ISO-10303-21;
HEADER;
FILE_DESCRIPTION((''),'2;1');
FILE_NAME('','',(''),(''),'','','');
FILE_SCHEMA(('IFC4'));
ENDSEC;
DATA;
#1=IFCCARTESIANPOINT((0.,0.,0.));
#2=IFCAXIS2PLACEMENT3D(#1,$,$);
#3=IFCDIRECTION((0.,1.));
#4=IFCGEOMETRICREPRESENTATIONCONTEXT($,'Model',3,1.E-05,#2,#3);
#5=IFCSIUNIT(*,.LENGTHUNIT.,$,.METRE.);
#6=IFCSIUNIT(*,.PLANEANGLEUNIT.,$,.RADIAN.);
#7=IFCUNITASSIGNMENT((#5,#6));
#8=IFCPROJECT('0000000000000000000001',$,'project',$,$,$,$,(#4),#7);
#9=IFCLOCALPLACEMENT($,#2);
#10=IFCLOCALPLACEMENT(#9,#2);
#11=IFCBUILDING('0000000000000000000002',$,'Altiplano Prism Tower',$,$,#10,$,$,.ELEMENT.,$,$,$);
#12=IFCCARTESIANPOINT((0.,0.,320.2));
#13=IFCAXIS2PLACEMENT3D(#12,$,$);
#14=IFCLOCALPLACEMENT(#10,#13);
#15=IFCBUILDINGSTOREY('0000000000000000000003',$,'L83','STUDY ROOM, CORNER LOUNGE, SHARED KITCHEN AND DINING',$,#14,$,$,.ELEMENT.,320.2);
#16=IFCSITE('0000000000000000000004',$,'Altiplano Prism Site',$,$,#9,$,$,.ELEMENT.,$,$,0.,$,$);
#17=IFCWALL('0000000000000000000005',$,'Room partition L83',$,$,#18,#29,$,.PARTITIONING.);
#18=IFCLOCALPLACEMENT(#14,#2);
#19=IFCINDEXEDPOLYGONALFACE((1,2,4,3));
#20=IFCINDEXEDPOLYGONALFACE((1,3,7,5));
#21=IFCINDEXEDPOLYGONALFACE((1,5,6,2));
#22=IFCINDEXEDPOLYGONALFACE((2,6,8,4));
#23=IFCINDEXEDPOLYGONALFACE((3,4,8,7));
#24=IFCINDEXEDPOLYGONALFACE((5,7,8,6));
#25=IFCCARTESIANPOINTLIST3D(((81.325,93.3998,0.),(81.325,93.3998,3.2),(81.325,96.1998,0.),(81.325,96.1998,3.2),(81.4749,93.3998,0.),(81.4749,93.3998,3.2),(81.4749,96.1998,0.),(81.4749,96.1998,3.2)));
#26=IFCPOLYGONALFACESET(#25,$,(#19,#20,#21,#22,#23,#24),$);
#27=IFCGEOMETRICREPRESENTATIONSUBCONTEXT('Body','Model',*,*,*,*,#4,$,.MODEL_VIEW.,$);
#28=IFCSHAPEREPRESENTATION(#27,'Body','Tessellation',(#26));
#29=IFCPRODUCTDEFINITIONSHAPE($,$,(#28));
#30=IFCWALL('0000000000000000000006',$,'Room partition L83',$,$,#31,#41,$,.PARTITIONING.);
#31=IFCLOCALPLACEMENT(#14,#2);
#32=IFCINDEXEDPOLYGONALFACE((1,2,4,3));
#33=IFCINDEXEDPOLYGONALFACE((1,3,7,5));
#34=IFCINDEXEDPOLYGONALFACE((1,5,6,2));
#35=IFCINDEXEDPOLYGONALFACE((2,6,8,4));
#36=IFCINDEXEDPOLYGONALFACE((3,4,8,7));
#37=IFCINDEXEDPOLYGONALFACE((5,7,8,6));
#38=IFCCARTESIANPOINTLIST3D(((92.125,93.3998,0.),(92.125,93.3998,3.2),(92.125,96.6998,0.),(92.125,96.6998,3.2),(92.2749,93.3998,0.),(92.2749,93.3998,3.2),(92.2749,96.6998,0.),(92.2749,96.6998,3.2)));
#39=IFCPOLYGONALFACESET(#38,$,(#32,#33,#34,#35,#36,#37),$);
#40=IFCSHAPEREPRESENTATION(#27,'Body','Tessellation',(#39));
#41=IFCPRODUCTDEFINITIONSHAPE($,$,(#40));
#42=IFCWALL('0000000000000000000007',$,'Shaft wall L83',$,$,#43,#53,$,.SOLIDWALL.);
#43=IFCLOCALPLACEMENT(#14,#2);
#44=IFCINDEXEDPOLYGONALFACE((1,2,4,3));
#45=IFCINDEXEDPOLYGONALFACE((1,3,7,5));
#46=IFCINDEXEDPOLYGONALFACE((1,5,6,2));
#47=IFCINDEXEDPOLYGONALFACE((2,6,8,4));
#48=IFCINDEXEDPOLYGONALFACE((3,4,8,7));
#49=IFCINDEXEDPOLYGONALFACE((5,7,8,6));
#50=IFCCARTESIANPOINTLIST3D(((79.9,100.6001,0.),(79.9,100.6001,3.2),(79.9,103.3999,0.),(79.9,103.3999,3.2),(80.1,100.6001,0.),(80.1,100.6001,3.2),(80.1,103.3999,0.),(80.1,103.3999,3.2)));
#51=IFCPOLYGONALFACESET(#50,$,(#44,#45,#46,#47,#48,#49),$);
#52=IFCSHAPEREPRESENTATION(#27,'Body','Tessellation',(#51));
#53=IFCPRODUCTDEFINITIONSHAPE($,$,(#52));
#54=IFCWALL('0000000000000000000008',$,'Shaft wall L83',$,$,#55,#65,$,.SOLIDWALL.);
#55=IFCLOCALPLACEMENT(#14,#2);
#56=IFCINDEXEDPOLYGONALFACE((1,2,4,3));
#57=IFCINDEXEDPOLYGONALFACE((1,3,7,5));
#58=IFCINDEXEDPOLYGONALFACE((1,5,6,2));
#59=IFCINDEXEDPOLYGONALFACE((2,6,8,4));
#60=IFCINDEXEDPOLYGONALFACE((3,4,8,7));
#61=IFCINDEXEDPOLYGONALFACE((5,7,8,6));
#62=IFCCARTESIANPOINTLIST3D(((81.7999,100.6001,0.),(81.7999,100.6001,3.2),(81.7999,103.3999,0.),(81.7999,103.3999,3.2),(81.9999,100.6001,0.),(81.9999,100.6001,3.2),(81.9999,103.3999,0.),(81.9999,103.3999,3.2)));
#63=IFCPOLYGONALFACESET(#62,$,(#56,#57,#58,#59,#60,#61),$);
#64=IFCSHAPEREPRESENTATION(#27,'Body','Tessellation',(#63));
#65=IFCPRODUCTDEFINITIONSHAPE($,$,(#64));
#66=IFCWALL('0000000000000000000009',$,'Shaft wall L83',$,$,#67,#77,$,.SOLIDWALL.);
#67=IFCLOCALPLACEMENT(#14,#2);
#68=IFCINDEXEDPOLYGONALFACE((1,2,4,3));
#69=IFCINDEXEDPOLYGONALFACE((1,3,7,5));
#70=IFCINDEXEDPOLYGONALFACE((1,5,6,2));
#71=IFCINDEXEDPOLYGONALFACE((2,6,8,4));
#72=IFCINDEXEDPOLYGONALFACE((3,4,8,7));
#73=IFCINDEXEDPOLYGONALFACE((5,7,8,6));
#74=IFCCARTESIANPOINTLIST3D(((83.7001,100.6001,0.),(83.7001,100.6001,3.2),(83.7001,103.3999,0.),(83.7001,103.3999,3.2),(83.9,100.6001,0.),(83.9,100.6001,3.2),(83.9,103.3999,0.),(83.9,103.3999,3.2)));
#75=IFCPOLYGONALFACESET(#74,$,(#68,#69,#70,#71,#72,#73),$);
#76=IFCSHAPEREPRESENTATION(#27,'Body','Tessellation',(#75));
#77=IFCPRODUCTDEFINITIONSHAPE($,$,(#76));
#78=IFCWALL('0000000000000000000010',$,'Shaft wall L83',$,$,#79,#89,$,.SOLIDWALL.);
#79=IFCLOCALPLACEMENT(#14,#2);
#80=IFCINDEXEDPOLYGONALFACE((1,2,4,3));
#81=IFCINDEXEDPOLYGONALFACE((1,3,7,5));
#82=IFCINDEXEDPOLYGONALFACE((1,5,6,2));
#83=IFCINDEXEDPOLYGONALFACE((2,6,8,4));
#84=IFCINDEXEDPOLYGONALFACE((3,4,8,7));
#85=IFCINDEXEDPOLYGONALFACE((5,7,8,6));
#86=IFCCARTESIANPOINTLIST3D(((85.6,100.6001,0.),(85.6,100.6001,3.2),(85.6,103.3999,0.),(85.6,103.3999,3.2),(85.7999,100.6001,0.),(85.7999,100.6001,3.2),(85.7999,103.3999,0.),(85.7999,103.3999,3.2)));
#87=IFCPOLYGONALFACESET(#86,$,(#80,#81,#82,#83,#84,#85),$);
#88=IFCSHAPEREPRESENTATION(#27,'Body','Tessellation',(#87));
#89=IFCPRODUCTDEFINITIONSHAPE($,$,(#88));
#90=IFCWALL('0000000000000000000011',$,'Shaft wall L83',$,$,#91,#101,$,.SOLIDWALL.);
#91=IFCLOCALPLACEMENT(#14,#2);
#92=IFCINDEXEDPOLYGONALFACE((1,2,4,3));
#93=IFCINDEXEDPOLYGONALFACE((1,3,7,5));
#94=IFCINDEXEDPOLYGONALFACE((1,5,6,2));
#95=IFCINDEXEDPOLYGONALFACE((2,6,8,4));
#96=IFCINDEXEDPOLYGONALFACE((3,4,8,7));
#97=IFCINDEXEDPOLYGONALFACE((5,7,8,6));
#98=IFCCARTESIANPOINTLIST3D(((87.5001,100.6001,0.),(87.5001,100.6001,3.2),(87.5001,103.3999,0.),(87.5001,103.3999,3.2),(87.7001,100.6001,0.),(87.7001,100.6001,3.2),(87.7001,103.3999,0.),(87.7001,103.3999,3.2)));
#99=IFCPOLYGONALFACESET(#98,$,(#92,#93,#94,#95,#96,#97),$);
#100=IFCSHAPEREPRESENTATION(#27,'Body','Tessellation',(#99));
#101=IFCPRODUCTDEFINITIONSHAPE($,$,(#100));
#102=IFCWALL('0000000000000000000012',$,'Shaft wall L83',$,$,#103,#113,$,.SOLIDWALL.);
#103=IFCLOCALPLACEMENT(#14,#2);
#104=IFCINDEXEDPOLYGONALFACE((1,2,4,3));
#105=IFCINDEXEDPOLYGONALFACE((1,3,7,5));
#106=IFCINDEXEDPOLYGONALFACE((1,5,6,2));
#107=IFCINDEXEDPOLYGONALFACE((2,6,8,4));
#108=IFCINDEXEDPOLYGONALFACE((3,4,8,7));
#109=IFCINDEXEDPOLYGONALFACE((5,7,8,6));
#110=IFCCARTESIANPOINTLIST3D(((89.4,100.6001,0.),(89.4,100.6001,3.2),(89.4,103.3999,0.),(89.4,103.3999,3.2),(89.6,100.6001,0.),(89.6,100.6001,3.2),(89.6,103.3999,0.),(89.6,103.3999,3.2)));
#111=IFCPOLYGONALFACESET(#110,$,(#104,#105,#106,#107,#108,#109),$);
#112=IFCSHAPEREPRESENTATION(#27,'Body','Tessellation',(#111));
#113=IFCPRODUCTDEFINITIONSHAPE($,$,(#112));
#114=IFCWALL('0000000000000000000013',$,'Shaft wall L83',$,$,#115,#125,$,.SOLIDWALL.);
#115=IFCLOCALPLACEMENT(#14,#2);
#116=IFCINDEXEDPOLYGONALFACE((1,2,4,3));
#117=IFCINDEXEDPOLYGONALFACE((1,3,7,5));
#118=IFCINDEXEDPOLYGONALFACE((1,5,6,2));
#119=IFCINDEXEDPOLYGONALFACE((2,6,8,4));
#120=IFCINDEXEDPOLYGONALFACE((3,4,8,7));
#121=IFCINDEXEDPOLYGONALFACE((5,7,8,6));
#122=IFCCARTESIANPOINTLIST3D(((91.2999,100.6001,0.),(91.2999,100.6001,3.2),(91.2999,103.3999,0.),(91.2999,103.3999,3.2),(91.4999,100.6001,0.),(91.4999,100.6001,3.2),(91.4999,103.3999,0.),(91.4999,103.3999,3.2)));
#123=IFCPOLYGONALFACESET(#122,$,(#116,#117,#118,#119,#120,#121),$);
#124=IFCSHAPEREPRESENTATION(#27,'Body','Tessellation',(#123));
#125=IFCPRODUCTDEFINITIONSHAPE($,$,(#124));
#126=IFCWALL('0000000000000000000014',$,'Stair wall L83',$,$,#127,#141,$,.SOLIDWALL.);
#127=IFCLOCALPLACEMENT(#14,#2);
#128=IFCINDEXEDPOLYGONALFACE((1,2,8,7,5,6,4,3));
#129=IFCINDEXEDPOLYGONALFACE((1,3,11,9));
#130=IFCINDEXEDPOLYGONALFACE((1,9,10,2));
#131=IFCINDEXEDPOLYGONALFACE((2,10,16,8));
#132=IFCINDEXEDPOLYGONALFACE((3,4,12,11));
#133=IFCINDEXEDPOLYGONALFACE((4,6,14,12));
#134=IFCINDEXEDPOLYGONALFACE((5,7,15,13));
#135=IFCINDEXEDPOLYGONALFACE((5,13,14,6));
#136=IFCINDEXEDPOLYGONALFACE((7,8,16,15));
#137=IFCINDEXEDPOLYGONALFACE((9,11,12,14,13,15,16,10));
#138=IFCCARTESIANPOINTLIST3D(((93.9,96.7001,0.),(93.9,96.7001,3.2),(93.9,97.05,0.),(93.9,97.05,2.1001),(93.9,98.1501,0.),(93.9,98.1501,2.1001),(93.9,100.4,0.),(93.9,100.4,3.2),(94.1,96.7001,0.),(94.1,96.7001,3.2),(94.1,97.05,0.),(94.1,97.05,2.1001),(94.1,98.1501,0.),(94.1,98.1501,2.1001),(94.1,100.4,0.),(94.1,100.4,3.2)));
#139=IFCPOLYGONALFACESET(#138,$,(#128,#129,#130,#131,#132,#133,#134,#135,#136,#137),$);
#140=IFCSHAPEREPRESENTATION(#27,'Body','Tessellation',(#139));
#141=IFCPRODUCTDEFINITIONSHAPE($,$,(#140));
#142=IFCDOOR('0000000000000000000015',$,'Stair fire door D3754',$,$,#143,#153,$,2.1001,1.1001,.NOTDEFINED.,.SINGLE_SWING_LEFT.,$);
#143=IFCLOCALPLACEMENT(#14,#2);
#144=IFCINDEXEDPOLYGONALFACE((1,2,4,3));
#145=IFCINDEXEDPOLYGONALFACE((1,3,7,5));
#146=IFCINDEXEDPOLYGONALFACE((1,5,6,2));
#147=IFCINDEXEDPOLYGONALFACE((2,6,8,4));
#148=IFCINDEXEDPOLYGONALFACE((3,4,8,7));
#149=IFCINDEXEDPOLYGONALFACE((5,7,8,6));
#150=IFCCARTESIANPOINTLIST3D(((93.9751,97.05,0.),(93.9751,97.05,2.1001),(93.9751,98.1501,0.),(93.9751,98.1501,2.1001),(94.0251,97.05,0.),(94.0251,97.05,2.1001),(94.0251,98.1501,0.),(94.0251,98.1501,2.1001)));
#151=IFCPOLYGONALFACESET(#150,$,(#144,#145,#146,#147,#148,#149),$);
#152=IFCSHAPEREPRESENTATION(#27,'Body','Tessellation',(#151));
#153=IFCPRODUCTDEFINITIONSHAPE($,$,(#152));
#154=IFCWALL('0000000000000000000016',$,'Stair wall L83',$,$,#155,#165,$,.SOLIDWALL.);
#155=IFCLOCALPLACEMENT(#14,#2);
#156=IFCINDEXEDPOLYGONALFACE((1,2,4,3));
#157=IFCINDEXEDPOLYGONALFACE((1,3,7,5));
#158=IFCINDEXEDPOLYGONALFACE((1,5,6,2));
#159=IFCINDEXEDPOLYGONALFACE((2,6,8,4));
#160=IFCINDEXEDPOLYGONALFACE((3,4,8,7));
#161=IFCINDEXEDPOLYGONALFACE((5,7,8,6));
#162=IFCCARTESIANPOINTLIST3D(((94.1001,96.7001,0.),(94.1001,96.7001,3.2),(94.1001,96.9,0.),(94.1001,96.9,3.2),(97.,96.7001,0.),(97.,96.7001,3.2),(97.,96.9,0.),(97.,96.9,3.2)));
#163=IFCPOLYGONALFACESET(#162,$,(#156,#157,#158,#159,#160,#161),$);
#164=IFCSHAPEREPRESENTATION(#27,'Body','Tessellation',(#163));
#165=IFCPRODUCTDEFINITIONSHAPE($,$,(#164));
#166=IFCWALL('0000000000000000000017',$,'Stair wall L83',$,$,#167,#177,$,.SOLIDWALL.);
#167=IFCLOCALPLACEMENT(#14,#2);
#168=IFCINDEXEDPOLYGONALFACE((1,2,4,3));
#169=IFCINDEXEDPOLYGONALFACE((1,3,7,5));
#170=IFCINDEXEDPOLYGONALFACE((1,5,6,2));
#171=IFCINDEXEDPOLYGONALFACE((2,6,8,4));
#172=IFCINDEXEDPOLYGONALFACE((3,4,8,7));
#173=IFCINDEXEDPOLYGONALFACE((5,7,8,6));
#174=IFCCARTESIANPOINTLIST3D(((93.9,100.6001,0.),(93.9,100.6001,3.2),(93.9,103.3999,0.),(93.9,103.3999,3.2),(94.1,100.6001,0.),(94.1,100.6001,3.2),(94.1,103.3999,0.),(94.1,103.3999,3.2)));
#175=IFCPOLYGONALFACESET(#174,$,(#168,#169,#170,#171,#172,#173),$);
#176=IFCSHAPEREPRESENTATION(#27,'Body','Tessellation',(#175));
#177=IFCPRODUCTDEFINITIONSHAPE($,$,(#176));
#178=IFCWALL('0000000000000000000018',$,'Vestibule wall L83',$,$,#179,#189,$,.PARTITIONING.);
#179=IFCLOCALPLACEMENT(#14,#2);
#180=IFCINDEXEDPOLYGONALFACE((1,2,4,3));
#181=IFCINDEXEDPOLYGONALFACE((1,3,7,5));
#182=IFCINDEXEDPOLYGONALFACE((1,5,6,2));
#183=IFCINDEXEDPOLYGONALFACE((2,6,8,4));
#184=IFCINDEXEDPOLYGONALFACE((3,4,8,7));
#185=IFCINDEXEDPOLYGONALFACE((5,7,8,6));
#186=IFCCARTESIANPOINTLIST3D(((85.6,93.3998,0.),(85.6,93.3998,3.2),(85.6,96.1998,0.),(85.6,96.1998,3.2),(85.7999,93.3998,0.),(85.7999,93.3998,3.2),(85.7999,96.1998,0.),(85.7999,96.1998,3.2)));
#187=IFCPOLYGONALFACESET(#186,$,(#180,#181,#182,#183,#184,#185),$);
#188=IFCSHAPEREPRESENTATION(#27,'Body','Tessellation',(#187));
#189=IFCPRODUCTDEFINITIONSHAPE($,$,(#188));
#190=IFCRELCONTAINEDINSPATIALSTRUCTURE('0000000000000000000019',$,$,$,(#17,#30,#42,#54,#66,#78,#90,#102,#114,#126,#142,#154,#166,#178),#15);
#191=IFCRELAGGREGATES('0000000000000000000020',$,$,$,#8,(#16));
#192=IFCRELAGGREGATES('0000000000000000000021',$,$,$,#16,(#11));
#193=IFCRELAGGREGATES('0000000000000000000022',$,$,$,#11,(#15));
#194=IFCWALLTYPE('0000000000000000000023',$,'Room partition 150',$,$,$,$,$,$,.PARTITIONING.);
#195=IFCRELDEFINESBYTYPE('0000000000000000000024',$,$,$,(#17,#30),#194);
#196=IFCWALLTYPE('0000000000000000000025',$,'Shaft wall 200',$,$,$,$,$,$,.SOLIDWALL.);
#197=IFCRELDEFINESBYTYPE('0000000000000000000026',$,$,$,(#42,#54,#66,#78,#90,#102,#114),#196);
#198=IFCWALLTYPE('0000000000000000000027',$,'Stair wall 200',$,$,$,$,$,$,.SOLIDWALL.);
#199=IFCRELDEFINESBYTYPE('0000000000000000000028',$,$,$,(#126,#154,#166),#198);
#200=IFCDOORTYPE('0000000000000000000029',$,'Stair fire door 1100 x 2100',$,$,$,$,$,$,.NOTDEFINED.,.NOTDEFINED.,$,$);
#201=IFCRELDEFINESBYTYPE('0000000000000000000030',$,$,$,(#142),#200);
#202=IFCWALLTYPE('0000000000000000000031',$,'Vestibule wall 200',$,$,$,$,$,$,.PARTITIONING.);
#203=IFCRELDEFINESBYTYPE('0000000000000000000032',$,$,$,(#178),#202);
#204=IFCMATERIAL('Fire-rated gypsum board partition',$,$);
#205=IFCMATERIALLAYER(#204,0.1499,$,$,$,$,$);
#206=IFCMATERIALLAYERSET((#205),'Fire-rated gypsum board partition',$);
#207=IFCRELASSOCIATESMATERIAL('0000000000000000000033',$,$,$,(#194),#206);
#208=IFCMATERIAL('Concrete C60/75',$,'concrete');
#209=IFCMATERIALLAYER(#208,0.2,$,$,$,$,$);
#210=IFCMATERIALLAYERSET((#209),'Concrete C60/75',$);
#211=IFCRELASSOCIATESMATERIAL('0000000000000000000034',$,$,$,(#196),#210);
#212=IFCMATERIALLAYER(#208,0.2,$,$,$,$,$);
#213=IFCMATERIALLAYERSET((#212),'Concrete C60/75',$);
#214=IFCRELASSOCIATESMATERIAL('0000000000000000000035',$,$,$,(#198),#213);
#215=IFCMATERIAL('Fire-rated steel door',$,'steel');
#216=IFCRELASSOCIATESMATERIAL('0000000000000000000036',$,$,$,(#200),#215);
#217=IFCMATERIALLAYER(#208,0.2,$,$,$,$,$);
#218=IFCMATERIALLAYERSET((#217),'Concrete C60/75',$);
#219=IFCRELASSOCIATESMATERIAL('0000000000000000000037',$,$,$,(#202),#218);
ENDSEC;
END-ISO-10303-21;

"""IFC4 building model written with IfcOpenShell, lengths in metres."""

from ifc_helpers import new_model, si_unit, direction, frame, frame_2d, origin, place, context, subcontext, project, spatial, rectangle, extrude, material, layer, layer_set, type_object, element, fill, save


model = new_model("IFC4")

# Units and contexts
model_context = context("Model", 3, precision=1e-05, world=origin(), true_north=direction((0.0, 1.0)))
body_context = subcontext(model_context, "Body", "Model", "MODEL_VIEW")
ifc_project = project(units=[si_unit("LENGTHUNIT", "METRE"), si_unit("PLANEANGLEUNIT", "RADIAN")], contexts=[model_context])

# Site, building, storey
site_placement = place(None, origin())
site = spatial("IfcSite", under=ifc_project, at=site_placement, Name="Altiplano Prism Site", CompositionType="ELEMENT", RefElevation=0.0)
building_placement = place(site_placement, origin())
building = spatial("IfcBuilding", under=site, at=building_placement, Name="Altiplano Prism Tower", CompositionType="ELEMENT")
storey_placement = place(building_placement, frame((0.0, 0.0, 320.2)))
storey = spatial("IfcBuildingStorey", under=building, at=storey_placement, Name="L83", Description="STUDY ROOM, CORNER LOUNGE, SHARED KITCHEN AND DINING", CompositionType="ELEMENT", Elevation=320.2)

# Walls
ifc_material_1 = material(Name="Fire-rated gypsum board partition")
ifc_layer_1 = layer(ifc_material_1, 0.1499)
ifc_layer_set_1 = layer_set([ifc_layer_1], Name="Fire-rated gypsum board partition")
wall_type_1 = type_object("IfcWallType", Name="Room partition 150", PredefinedType="PARTITIONING", material=ifc_layer_set_1)
wall_1_placement = place(storey_placement, frame((81.3999, 93.3999, 0.0), z_axis=(0.0, 0.0, 1.0), x_axis=(0.0, 1.0, 0.0)))
element("IfcWall", 1, at=wall_1_placement, inside=storey, type_object=wall_type_1, Name="Room partition L83", PredefinedType="PARTITIONING", context=body_context, shape_type="SweptSolid", body=[
    extrude(rectangle(XDim=2.8, YDim=0.1499, at=frame_2d((1.3999, 0.0))), origin(), (0.0, 0.0, 1.0), 3.2),
])
wall_2_placement = place(storey_placement, frame((92.2, 93.3999, 0.0), z_axis=(0.0, 0.0, 1.0), x_axis=(0.0, 1.0, 0.0)))
element("IfcWall", 2, at=wall_2_placement, inside=storey, type_object=wall_type_1, Name="Room partition L83", PredefinedType="PARTITIONING", context=body_context, shape_type="SweptSolid", body=[
    extrude(rectangle(XDim=3.3, YDim=0.1499, at=frame_2d((1.6499, 0.0))), origin(), (0.0, 0.0, 1.0), 3.2),
])
ifc_material_2 = material(Name="Concrete C60/75", Category="concrete")
ifc_layer_2 = layer(ifc_material_2, 0.2)
ifc_layer_set_2 = layer_set([ifc_layer_2], Name="Concrete C60/75")
wall_type_2 = type_object("IfcWallType", Name="Shaft wall 200", PredefinedType="SOLIDWALL", material=ifc_layer_set_2)
for number, where, z_axis, x_axis, name in (
    (3, (80.0, 100.6001, 0.0), (0.0, 0.0, 1.0), (0.0, 1.0, 0.0), "Shaft wall L83"),
    (4, (81.8999, 100.6001, 0.0), (0.0, 0.0, 1.0), (0.0, 1.0, 0.0), "Shaft wall L83"),
    (5, (83.8, 100.6001, 0.0), (0.0, 0.0, 1.0), (0.0, 1.0, 0.0), "Shaft wall L83"),
    (6, (85.7, 100.6001, 0.0), (0.0, 0.0, 1.0), (0.0, 1.0, 0.0), "Shaft wall L83"),
    (7, (87.6001, 100.6001, 0.0), (0.0, 0.0, 1.0), (0.0, 1.0, 0.0), "Shaft wall L83"),
    (8, (89.5, 100.6001, 0.0), (0.0, 0.0, 1.0), (0.0, 1.0, 0.0), "Shaft wall L83"),
    (9, (91.3999, 100.6001, 0.0), (0.0, 0.0, 1.0), (0.0, 1.0, 0.0), "Shaft wall L83"),
):
    element("IfcWall", number, at=place(storey_placement, frame(where, z_axis=z_axis, x_axis=x_axis)), inside=storey, type_object=wall_type_2, Name=name, PredefinedType="SOLIDWALL", context=body_context, shape_type="SweptSolid", body=[
        extrude(rectangle(XDim=2.7998, YDim=0.2, at=frame_2d((1.3999, 0.0))), origin(), (0.0, 0.0, 1.0), 3.2),
    ])

# Wall, opening, door
ifc_layer_3 = layer(ifc_material_2, 0.2)
ifc_layer_set_3 = layer_set([ifc_layer_3], Name="Concrete C60/75")
wall_type_3 = type_object("IfcWallType", Name="Stair wall 200", PredefinedType="SOLIDWALL", material=ifc_layer_set_3)
wall_3_placement = place(storey_placement, frame((94.0, 96.7, 0.0), z_axis=(0.0, 0.0, 1.0), x_axis=(0.0, 1.0, 0.0)))
wall_3 = element("IfcWall", 10, at=wall_3_placement, inside=storey, type_object=wall_type_3, Name="Stair wall L83", PredefinedType="SOLIDWALL", context=body_context, shape_type="SweptSolid", body=[
    extrude(rectangle(XDim=3.7, YDim=0.2, at=frame_2d((1.8501, 0.0))), origin(), (0.0, 0.0, 1.0), 3.2),
])
opening_1_placement = place(wall_3_placement, frame((0.3501, 0.0, 0.0)))
opening_1 = element("IfcOpeningElement", 11, at=opening_1_placement, cuts=wall_3, PredefinedType="OPENING", context=body_context, shape_type="SweptSolid", body=[
    extrude(rectangle(XDim=1.1001, YDim=2.1001, at=frame_2d((0.55, 1.05))), frame((0.0, 0.1104, 0.0), z_axis=(0.0, -1.0, 0.0), x_axis=(1.0, 0.0, 0.0)), (0.0, 0.0, 1.0), 0.2209),
])
ifc_material_3 = material(Name="Fire-rated steel door", Category="steel")
door_type_1 = type_object("IfcDoorType", Name="Stair fire door 1100 x 2100", OperationType="NOTDEFINED", PredefinedType="NOTDEFINED", material=ifc_material_3)
door_1_placement = place(opening_1_placement, origin())
door_1 = element("IfcDoor", 12, at=door_1_placement, inside=storey, type_object=door_type_1, Name="Stair fire door D3754", OperationType="SINGLE_SWING_LEFT", OverallHeight=2.1001, OverallWidth=1.1001, PredefinedType="NOTDEFINED", context=body_context, shape_type="SweptSolid", body=[
    extrude(rectangle(XDim=1.1001, YDim=2.1001, at=frame_2d((0.55, 1.05))), frame((0.0, 0.0249, 0.0), z_axis=(0.0, -1.0, 0.0), x_axis=(1.0, 0.0, 0.0)), (0.0, 0.0, 1.0), 0.05),
])
fill(opening_1, door_1)

# Walls
wall_4_placement = place(storey_placement, frame((94.1001, 96.8, 0.0), z_axis=(0.0, 0.0, 1.0), x_axis=(1.0, 0.0, 0.0)))
element("IfcWall", 13, at=wall_4_placement, inside=storey, type_object=wall_type_3, Name="Stair wall L83", PredefinedType="SOLIDWALL", context=body_context, shape_type="SweptSolid", body=[
    extrude(rectangle(XDim=2.8999, YDim=0.2, at=frame_2d((1.45, 0.0))), origin(), (0.0, 0.0, 1.0), 3.2),
])
wall_5_placement = place(storey_placement, frame((94.0, 100.6001, 0.0), z_axis=(0.0, 0.0, 1.0), x_axis=(0.0, 1.0, 0.0)))
element("IfcWall", 14, at=wall_5_placement, inside=storey, type_object=wall_type_3, Name="Stair wall L83", PredefinedType="SOLIDWALL", context=body_context, shape_type="SweptSolid", body=[
    extrude(rectangle(XDim=2.7998, YDim=0.2, at=frame_2d((1.3999, 0.0))), origin(), (0.0, 0.0, 1.0), 3.2),
])
ifc_layer_4 = layer(ifc_material_2, 0.2)
ifc_layer_set_4 = layer_set([ifc_layer_4], Name="Concrete C60/75")
wall_type_4 = type_object("IfcWallType", Name="Vestibule wall 200", PredefinedType="PARTITIONING", material=ifc_layer_set_4)
wall_6_placement = place(storey_placement, frame((85.7, 93.3999, 0.0), z_axis=(0.0, 0.0, 1.0), x_axis=(0.0, 1.0, 0.0)))
element("IfcWall", 15, at=wall_6_placement, inside=storey, type_object=wall_type_4, Name="Vestibule wall L83", PredefinedType="PARTITIONING", context=body_context, shape_type="SweptSolid", body=[
    extrude(rectangle(XDim=2.8, YDim=0.2, at=frame_2d((1.3999, 0.0))), origin(), (0.0, 0.0, 1.0), 3.2),
])

save(model, "model.ifc")
